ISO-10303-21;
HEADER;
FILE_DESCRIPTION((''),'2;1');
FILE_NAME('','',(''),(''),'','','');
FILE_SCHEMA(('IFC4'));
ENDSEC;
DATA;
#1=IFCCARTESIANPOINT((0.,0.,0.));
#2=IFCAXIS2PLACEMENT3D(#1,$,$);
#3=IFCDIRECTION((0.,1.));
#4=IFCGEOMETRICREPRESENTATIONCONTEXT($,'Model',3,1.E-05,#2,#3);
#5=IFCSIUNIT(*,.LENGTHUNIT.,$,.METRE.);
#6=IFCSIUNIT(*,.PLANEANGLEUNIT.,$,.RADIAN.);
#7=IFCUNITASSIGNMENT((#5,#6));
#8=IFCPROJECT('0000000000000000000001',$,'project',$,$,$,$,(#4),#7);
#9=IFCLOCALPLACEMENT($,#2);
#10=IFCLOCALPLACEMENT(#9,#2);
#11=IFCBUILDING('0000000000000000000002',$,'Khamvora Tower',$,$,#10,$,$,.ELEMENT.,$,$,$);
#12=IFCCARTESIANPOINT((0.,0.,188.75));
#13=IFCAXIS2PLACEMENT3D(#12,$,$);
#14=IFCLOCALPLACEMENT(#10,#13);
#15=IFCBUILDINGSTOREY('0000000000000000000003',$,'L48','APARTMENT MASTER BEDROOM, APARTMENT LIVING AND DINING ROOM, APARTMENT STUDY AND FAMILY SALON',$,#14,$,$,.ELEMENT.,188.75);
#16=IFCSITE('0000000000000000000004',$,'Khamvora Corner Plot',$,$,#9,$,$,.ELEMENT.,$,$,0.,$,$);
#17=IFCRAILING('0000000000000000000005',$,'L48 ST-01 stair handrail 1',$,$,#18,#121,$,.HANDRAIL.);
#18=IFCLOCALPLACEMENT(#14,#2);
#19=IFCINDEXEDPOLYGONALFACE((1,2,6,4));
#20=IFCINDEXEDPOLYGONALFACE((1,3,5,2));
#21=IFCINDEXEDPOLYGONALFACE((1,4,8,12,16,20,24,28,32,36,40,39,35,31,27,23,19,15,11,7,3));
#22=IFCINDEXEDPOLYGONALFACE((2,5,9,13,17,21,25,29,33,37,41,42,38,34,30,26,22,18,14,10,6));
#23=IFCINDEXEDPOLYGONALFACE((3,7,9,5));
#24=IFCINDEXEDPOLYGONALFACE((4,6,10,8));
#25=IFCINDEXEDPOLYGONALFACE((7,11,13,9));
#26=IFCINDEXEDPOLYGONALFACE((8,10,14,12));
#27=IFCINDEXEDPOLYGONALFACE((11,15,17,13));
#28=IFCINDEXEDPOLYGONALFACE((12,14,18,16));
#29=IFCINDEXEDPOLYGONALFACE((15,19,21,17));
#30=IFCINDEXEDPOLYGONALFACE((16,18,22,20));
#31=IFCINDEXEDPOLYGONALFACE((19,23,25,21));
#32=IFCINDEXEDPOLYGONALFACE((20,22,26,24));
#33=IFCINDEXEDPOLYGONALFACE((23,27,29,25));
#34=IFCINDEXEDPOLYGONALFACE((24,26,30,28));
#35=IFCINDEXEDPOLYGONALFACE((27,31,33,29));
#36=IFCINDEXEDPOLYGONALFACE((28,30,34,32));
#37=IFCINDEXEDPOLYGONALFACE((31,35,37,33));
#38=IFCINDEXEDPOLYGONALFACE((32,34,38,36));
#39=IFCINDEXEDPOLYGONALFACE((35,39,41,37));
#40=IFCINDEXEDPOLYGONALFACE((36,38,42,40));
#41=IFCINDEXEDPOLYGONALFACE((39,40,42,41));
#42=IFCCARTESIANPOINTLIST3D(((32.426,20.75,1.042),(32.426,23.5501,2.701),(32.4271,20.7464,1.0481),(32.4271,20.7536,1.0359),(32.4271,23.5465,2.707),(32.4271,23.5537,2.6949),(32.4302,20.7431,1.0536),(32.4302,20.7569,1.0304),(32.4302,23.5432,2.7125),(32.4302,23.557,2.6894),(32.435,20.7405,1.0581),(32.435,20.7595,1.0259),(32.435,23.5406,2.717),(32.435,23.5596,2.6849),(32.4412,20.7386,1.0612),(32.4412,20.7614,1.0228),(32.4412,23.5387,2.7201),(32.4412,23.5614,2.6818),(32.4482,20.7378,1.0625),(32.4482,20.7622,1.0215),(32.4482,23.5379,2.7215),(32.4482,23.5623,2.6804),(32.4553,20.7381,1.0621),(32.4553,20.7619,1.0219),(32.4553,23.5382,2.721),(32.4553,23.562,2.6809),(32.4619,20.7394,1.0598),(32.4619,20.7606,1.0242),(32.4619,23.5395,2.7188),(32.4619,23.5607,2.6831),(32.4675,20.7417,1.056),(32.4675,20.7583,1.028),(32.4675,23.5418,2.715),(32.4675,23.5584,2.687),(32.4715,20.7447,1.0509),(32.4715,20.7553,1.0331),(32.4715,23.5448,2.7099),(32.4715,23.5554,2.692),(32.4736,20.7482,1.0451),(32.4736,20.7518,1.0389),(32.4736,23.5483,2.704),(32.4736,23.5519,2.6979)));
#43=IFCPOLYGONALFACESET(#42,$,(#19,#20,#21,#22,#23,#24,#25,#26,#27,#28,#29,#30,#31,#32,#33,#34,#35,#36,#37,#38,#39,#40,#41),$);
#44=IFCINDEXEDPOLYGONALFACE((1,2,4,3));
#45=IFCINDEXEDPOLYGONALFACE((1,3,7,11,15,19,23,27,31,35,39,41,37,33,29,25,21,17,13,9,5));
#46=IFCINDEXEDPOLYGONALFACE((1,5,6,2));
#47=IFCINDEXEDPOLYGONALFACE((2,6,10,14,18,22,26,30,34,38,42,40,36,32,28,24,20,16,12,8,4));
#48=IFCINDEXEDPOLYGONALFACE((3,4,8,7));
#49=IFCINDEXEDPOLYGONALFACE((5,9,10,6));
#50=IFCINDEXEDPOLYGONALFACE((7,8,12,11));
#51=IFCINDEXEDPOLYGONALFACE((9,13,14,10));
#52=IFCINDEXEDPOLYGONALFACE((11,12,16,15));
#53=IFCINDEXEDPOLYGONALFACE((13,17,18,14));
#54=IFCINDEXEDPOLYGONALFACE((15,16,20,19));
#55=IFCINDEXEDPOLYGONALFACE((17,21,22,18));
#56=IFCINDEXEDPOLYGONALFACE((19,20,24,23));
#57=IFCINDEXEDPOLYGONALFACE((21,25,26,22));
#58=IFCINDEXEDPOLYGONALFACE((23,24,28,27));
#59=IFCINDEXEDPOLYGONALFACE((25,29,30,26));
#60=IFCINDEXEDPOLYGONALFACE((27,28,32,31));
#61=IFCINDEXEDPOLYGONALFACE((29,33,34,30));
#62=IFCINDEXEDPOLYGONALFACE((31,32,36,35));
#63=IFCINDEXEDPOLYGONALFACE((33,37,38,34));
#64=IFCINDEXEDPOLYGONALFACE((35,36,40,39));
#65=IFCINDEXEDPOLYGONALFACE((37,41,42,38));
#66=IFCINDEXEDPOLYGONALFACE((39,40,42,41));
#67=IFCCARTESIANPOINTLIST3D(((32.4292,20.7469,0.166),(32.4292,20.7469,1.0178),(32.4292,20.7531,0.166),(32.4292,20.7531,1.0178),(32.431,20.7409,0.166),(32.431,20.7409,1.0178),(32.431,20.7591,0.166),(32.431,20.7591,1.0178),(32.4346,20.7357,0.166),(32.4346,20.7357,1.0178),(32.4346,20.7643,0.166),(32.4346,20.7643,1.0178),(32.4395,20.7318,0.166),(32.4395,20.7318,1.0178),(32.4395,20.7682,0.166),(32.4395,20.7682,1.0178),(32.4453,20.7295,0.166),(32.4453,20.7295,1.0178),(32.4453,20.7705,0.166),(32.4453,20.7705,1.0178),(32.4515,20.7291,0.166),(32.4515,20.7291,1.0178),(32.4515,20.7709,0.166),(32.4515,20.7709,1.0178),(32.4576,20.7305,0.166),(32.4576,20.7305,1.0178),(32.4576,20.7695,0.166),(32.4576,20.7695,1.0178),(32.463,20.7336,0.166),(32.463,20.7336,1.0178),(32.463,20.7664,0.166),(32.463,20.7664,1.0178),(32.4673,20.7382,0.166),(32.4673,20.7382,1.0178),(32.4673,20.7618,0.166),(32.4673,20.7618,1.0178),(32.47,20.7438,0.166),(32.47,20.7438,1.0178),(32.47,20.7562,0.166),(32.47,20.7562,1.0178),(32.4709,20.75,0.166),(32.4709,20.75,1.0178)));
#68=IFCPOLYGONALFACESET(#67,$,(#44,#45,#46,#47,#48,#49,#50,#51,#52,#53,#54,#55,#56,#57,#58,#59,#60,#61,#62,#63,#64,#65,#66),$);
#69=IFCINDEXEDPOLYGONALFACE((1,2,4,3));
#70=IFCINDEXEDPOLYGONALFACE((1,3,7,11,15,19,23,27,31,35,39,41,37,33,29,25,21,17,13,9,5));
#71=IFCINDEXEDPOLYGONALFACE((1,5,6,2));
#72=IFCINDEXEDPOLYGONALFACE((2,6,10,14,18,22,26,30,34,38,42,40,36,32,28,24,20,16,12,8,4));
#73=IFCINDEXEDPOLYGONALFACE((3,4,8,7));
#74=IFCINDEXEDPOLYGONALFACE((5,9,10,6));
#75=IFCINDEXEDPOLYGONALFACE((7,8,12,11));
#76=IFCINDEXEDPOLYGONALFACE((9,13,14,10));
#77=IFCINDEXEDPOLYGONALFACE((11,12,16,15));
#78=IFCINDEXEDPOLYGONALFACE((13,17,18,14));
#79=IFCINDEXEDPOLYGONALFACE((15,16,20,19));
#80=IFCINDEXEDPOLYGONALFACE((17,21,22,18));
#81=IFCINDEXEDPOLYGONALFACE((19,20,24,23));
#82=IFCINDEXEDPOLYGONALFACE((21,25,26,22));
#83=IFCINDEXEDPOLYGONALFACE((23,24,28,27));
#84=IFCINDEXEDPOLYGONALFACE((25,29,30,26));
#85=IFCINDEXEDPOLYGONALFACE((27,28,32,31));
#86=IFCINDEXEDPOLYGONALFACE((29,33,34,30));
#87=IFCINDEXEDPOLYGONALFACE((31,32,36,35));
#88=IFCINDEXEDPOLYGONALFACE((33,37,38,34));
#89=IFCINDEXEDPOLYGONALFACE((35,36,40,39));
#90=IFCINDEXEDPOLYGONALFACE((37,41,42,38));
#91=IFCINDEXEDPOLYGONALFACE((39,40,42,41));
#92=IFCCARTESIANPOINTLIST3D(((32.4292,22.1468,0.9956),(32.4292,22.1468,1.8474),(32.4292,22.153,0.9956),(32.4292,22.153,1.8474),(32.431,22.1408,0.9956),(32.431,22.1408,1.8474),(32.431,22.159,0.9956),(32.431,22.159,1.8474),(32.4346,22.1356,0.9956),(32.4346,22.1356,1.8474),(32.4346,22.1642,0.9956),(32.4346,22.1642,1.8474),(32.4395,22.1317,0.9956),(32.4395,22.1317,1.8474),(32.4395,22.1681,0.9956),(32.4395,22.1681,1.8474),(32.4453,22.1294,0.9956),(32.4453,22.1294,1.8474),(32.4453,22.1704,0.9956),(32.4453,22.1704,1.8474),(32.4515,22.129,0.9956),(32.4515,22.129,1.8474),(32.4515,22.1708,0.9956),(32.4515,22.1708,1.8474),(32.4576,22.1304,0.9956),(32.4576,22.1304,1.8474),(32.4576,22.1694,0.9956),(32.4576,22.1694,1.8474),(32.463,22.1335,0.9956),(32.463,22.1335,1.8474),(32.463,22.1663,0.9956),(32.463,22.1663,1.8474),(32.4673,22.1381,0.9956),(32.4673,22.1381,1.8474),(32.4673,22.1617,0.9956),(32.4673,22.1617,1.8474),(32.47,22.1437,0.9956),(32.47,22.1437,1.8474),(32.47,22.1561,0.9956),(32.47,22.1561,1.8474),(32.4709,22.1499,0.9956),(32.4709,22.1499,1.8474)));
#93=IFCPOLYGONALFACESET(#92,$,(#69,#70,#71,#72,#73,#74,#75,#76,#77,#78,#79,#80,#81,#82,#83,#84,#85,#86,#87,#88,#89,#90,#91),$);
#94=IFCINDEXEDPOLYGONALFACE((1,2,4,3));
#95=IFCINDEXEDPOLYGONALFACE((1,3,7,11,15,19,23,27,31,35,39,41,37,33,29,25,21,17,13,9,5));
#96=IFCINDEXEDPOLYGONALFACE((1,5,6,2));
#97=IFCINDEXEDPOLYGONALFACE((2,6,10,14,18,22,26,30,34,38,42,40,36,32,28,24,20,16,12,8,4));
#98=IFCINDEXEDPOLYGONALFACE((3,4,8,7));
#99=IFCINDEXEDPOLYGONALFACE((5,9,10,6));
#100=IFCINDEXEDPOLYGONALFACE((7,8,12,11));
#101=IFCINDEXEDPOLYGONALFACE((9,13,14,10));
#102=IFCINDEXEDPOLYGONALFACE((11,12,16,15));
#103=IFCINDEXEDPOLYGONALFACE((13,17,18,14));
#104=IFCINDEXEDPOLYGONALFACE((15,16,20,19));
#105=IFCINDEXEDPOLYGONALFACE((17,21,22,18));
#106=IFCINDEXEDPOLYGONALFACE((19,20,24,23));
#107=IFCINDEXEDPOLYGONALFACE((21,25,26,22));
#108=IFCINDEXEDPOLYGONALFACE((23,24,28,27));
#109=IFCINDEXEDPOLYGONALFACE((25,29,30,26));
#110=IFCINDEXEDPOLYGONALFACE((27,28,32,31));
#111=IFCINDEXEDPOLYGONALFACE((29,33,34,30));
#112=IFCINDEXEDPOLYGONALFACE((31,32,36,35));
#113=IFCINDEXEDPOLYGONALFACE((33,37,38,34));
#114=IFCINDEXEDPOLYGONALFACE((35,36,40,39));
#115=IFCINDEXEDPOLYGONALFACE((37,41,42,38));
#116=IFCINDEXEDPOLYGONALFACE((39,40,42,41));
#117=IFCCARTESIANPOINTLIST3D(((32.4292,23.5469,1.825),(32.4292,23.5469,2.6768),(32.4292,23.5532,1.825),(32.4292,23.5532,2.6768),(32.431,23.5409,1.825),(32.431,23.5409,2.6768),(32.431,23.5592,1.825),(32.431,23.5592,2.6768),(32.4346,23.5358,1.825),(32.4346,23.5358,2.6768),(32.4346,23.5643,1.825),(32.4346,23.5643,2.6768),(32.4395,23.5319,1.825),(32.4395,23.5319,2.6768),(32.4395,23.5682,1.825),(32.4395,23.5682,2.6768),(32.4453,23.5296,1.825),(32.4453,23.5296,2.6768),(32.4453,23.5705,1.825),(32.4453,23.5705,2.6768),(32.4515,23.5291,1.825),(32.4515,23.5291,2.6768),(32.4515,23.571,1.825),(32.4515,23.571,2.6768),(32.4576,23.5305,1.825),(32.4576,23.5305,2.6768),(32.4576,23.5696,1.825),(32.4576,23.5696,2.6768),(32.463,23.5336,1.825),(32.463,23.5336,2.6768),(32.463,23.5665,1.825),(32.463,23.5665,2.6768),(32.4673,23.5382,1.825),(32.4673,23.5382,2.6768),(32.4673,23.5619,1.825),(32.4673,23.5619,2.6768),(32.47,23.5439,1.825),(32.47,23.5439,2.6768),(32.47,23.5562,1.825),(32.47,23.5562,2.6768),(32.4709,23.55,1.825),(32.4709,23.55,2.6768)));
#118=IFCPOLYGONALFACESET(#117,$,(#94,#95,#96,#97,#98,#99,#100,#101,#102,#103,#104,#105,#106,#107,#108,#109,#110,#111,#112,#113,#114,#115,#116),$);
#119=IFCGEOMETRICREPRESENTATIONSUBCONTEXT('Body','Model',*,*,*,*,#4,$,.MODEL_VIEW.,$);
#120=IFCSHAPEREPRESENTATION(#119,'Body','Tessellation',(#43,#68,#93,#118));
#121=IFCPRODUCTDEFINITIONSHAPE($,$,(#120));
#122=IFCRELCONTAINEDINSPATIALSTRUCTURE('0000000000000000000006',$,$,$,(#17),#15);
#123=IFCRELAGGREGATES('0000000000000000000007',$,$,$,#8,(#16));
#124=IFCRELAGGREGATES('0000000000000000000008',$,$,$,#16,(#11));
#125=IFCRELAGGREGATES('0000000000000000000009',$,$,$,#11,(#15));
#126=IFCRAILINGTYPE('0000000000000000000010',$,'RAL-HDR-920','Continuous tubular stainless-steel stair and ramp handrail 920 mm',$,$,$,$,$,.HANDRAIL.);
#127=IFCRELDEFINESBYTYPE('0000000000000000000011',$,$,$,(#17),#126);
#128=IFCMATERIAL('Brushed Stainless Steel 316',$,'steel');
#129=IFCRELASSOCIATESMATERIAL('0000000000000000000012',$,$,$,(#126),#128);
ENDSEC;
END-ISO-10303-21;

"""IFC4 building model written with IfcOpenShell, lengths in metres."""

from ifc_helpers import new_model, si_unit, direction, frame, origin, origin_2d, place, context, subcontext, project, spatial, circle, extrude, material, type_object, element, save


model = new_model("IFC4")

# Units and contexts
model_context = context("Model", 3, precision=1e-05, world=origin(), true_north=direction((0.0, 1.0)))
body_context = subcontext(model_context, "Body", "Model", "MODEL_VIEW")
ifc_project = project(units=[si_unit("LENGTHUNIT", "METRE"), si_unit("PLANEANGLEUNIT", "RADIAN")], contexts=[model_context])

# Site, building, storey
site_placement = place(None, origin())
site = spatial("IfcSite", under=ifc_project, at=site_placement, Name="Khamvora Corner Plot", CompositionType="ELEMENT", RefElevation=0.0)
building_placement = place(site_placement, origin())
building = spatial("IfcBuilding", under=site, at=building_placement, Name="Khamvora Tower", CompositionType="ELEMENT")
storey_placement = place(building_placement, frame((0.0, 0.0, 188.75)))
storey = spatial("IfcBuildingStorey", under=building, at=storey_placement, Name="L48", Description="APARTMENT MASTER BEDROOM, APARTMENT LIVING AND DINING ROOM, APARTMENT STUDY AND FAMILY SALON", CompositionType="ELEMENT", Elevation=188.75)

# Railing
ifc_material_1 = material(Name="Brushed Stainless Steel 316", Category="steel")
railing_type_1 = type_object("IfcRailingType", Name="RAL-HDR-920", Description="Continuous tubular stainless-steel stair and ramp handrail 920 mm", PredefinedType="HANDRAIL", material=ifc_material_1)
railing_1_placement = place(storey_placement, frame((32.45, 20.75, 0.166)))
element("IfcRailing", 1, at=railing_1_placement, inside=storey, type_object=railing_type_1, Name="L48 ST-01 stair handrail 1", PredefinedType="HANDRAIL", context=body_context, shape_type="SweptSolid", body=[
    extrude(circle(Radius=0.0239, at=origin_2d()), frame((0.0, 0.0, 0.876), z_axis=(0.0, 0.860339, 0.509722), x_axis=(-1.0, 0.0, 0.0)), (0.0, 0.0, 1.0), 3.2546),
    extrude(circle(Radius=0.021, at=origin_2d()), origin(), (0.0, 0.0, 1.0), 0.8518),
    extrude(circle(Radius=0.021, at=origin_2d()), frame((0.0, 1.3999, 0.8296)), (0.0, 0.0, 1.0), 0.8518),
    extrude(circle(Radius=0.021, at=origin_2d()), frame((0.0, 2.8, 1.6589)), (0.0, 0.0, 1.0), 0.8518),
])

save(model, "model.ifc")
